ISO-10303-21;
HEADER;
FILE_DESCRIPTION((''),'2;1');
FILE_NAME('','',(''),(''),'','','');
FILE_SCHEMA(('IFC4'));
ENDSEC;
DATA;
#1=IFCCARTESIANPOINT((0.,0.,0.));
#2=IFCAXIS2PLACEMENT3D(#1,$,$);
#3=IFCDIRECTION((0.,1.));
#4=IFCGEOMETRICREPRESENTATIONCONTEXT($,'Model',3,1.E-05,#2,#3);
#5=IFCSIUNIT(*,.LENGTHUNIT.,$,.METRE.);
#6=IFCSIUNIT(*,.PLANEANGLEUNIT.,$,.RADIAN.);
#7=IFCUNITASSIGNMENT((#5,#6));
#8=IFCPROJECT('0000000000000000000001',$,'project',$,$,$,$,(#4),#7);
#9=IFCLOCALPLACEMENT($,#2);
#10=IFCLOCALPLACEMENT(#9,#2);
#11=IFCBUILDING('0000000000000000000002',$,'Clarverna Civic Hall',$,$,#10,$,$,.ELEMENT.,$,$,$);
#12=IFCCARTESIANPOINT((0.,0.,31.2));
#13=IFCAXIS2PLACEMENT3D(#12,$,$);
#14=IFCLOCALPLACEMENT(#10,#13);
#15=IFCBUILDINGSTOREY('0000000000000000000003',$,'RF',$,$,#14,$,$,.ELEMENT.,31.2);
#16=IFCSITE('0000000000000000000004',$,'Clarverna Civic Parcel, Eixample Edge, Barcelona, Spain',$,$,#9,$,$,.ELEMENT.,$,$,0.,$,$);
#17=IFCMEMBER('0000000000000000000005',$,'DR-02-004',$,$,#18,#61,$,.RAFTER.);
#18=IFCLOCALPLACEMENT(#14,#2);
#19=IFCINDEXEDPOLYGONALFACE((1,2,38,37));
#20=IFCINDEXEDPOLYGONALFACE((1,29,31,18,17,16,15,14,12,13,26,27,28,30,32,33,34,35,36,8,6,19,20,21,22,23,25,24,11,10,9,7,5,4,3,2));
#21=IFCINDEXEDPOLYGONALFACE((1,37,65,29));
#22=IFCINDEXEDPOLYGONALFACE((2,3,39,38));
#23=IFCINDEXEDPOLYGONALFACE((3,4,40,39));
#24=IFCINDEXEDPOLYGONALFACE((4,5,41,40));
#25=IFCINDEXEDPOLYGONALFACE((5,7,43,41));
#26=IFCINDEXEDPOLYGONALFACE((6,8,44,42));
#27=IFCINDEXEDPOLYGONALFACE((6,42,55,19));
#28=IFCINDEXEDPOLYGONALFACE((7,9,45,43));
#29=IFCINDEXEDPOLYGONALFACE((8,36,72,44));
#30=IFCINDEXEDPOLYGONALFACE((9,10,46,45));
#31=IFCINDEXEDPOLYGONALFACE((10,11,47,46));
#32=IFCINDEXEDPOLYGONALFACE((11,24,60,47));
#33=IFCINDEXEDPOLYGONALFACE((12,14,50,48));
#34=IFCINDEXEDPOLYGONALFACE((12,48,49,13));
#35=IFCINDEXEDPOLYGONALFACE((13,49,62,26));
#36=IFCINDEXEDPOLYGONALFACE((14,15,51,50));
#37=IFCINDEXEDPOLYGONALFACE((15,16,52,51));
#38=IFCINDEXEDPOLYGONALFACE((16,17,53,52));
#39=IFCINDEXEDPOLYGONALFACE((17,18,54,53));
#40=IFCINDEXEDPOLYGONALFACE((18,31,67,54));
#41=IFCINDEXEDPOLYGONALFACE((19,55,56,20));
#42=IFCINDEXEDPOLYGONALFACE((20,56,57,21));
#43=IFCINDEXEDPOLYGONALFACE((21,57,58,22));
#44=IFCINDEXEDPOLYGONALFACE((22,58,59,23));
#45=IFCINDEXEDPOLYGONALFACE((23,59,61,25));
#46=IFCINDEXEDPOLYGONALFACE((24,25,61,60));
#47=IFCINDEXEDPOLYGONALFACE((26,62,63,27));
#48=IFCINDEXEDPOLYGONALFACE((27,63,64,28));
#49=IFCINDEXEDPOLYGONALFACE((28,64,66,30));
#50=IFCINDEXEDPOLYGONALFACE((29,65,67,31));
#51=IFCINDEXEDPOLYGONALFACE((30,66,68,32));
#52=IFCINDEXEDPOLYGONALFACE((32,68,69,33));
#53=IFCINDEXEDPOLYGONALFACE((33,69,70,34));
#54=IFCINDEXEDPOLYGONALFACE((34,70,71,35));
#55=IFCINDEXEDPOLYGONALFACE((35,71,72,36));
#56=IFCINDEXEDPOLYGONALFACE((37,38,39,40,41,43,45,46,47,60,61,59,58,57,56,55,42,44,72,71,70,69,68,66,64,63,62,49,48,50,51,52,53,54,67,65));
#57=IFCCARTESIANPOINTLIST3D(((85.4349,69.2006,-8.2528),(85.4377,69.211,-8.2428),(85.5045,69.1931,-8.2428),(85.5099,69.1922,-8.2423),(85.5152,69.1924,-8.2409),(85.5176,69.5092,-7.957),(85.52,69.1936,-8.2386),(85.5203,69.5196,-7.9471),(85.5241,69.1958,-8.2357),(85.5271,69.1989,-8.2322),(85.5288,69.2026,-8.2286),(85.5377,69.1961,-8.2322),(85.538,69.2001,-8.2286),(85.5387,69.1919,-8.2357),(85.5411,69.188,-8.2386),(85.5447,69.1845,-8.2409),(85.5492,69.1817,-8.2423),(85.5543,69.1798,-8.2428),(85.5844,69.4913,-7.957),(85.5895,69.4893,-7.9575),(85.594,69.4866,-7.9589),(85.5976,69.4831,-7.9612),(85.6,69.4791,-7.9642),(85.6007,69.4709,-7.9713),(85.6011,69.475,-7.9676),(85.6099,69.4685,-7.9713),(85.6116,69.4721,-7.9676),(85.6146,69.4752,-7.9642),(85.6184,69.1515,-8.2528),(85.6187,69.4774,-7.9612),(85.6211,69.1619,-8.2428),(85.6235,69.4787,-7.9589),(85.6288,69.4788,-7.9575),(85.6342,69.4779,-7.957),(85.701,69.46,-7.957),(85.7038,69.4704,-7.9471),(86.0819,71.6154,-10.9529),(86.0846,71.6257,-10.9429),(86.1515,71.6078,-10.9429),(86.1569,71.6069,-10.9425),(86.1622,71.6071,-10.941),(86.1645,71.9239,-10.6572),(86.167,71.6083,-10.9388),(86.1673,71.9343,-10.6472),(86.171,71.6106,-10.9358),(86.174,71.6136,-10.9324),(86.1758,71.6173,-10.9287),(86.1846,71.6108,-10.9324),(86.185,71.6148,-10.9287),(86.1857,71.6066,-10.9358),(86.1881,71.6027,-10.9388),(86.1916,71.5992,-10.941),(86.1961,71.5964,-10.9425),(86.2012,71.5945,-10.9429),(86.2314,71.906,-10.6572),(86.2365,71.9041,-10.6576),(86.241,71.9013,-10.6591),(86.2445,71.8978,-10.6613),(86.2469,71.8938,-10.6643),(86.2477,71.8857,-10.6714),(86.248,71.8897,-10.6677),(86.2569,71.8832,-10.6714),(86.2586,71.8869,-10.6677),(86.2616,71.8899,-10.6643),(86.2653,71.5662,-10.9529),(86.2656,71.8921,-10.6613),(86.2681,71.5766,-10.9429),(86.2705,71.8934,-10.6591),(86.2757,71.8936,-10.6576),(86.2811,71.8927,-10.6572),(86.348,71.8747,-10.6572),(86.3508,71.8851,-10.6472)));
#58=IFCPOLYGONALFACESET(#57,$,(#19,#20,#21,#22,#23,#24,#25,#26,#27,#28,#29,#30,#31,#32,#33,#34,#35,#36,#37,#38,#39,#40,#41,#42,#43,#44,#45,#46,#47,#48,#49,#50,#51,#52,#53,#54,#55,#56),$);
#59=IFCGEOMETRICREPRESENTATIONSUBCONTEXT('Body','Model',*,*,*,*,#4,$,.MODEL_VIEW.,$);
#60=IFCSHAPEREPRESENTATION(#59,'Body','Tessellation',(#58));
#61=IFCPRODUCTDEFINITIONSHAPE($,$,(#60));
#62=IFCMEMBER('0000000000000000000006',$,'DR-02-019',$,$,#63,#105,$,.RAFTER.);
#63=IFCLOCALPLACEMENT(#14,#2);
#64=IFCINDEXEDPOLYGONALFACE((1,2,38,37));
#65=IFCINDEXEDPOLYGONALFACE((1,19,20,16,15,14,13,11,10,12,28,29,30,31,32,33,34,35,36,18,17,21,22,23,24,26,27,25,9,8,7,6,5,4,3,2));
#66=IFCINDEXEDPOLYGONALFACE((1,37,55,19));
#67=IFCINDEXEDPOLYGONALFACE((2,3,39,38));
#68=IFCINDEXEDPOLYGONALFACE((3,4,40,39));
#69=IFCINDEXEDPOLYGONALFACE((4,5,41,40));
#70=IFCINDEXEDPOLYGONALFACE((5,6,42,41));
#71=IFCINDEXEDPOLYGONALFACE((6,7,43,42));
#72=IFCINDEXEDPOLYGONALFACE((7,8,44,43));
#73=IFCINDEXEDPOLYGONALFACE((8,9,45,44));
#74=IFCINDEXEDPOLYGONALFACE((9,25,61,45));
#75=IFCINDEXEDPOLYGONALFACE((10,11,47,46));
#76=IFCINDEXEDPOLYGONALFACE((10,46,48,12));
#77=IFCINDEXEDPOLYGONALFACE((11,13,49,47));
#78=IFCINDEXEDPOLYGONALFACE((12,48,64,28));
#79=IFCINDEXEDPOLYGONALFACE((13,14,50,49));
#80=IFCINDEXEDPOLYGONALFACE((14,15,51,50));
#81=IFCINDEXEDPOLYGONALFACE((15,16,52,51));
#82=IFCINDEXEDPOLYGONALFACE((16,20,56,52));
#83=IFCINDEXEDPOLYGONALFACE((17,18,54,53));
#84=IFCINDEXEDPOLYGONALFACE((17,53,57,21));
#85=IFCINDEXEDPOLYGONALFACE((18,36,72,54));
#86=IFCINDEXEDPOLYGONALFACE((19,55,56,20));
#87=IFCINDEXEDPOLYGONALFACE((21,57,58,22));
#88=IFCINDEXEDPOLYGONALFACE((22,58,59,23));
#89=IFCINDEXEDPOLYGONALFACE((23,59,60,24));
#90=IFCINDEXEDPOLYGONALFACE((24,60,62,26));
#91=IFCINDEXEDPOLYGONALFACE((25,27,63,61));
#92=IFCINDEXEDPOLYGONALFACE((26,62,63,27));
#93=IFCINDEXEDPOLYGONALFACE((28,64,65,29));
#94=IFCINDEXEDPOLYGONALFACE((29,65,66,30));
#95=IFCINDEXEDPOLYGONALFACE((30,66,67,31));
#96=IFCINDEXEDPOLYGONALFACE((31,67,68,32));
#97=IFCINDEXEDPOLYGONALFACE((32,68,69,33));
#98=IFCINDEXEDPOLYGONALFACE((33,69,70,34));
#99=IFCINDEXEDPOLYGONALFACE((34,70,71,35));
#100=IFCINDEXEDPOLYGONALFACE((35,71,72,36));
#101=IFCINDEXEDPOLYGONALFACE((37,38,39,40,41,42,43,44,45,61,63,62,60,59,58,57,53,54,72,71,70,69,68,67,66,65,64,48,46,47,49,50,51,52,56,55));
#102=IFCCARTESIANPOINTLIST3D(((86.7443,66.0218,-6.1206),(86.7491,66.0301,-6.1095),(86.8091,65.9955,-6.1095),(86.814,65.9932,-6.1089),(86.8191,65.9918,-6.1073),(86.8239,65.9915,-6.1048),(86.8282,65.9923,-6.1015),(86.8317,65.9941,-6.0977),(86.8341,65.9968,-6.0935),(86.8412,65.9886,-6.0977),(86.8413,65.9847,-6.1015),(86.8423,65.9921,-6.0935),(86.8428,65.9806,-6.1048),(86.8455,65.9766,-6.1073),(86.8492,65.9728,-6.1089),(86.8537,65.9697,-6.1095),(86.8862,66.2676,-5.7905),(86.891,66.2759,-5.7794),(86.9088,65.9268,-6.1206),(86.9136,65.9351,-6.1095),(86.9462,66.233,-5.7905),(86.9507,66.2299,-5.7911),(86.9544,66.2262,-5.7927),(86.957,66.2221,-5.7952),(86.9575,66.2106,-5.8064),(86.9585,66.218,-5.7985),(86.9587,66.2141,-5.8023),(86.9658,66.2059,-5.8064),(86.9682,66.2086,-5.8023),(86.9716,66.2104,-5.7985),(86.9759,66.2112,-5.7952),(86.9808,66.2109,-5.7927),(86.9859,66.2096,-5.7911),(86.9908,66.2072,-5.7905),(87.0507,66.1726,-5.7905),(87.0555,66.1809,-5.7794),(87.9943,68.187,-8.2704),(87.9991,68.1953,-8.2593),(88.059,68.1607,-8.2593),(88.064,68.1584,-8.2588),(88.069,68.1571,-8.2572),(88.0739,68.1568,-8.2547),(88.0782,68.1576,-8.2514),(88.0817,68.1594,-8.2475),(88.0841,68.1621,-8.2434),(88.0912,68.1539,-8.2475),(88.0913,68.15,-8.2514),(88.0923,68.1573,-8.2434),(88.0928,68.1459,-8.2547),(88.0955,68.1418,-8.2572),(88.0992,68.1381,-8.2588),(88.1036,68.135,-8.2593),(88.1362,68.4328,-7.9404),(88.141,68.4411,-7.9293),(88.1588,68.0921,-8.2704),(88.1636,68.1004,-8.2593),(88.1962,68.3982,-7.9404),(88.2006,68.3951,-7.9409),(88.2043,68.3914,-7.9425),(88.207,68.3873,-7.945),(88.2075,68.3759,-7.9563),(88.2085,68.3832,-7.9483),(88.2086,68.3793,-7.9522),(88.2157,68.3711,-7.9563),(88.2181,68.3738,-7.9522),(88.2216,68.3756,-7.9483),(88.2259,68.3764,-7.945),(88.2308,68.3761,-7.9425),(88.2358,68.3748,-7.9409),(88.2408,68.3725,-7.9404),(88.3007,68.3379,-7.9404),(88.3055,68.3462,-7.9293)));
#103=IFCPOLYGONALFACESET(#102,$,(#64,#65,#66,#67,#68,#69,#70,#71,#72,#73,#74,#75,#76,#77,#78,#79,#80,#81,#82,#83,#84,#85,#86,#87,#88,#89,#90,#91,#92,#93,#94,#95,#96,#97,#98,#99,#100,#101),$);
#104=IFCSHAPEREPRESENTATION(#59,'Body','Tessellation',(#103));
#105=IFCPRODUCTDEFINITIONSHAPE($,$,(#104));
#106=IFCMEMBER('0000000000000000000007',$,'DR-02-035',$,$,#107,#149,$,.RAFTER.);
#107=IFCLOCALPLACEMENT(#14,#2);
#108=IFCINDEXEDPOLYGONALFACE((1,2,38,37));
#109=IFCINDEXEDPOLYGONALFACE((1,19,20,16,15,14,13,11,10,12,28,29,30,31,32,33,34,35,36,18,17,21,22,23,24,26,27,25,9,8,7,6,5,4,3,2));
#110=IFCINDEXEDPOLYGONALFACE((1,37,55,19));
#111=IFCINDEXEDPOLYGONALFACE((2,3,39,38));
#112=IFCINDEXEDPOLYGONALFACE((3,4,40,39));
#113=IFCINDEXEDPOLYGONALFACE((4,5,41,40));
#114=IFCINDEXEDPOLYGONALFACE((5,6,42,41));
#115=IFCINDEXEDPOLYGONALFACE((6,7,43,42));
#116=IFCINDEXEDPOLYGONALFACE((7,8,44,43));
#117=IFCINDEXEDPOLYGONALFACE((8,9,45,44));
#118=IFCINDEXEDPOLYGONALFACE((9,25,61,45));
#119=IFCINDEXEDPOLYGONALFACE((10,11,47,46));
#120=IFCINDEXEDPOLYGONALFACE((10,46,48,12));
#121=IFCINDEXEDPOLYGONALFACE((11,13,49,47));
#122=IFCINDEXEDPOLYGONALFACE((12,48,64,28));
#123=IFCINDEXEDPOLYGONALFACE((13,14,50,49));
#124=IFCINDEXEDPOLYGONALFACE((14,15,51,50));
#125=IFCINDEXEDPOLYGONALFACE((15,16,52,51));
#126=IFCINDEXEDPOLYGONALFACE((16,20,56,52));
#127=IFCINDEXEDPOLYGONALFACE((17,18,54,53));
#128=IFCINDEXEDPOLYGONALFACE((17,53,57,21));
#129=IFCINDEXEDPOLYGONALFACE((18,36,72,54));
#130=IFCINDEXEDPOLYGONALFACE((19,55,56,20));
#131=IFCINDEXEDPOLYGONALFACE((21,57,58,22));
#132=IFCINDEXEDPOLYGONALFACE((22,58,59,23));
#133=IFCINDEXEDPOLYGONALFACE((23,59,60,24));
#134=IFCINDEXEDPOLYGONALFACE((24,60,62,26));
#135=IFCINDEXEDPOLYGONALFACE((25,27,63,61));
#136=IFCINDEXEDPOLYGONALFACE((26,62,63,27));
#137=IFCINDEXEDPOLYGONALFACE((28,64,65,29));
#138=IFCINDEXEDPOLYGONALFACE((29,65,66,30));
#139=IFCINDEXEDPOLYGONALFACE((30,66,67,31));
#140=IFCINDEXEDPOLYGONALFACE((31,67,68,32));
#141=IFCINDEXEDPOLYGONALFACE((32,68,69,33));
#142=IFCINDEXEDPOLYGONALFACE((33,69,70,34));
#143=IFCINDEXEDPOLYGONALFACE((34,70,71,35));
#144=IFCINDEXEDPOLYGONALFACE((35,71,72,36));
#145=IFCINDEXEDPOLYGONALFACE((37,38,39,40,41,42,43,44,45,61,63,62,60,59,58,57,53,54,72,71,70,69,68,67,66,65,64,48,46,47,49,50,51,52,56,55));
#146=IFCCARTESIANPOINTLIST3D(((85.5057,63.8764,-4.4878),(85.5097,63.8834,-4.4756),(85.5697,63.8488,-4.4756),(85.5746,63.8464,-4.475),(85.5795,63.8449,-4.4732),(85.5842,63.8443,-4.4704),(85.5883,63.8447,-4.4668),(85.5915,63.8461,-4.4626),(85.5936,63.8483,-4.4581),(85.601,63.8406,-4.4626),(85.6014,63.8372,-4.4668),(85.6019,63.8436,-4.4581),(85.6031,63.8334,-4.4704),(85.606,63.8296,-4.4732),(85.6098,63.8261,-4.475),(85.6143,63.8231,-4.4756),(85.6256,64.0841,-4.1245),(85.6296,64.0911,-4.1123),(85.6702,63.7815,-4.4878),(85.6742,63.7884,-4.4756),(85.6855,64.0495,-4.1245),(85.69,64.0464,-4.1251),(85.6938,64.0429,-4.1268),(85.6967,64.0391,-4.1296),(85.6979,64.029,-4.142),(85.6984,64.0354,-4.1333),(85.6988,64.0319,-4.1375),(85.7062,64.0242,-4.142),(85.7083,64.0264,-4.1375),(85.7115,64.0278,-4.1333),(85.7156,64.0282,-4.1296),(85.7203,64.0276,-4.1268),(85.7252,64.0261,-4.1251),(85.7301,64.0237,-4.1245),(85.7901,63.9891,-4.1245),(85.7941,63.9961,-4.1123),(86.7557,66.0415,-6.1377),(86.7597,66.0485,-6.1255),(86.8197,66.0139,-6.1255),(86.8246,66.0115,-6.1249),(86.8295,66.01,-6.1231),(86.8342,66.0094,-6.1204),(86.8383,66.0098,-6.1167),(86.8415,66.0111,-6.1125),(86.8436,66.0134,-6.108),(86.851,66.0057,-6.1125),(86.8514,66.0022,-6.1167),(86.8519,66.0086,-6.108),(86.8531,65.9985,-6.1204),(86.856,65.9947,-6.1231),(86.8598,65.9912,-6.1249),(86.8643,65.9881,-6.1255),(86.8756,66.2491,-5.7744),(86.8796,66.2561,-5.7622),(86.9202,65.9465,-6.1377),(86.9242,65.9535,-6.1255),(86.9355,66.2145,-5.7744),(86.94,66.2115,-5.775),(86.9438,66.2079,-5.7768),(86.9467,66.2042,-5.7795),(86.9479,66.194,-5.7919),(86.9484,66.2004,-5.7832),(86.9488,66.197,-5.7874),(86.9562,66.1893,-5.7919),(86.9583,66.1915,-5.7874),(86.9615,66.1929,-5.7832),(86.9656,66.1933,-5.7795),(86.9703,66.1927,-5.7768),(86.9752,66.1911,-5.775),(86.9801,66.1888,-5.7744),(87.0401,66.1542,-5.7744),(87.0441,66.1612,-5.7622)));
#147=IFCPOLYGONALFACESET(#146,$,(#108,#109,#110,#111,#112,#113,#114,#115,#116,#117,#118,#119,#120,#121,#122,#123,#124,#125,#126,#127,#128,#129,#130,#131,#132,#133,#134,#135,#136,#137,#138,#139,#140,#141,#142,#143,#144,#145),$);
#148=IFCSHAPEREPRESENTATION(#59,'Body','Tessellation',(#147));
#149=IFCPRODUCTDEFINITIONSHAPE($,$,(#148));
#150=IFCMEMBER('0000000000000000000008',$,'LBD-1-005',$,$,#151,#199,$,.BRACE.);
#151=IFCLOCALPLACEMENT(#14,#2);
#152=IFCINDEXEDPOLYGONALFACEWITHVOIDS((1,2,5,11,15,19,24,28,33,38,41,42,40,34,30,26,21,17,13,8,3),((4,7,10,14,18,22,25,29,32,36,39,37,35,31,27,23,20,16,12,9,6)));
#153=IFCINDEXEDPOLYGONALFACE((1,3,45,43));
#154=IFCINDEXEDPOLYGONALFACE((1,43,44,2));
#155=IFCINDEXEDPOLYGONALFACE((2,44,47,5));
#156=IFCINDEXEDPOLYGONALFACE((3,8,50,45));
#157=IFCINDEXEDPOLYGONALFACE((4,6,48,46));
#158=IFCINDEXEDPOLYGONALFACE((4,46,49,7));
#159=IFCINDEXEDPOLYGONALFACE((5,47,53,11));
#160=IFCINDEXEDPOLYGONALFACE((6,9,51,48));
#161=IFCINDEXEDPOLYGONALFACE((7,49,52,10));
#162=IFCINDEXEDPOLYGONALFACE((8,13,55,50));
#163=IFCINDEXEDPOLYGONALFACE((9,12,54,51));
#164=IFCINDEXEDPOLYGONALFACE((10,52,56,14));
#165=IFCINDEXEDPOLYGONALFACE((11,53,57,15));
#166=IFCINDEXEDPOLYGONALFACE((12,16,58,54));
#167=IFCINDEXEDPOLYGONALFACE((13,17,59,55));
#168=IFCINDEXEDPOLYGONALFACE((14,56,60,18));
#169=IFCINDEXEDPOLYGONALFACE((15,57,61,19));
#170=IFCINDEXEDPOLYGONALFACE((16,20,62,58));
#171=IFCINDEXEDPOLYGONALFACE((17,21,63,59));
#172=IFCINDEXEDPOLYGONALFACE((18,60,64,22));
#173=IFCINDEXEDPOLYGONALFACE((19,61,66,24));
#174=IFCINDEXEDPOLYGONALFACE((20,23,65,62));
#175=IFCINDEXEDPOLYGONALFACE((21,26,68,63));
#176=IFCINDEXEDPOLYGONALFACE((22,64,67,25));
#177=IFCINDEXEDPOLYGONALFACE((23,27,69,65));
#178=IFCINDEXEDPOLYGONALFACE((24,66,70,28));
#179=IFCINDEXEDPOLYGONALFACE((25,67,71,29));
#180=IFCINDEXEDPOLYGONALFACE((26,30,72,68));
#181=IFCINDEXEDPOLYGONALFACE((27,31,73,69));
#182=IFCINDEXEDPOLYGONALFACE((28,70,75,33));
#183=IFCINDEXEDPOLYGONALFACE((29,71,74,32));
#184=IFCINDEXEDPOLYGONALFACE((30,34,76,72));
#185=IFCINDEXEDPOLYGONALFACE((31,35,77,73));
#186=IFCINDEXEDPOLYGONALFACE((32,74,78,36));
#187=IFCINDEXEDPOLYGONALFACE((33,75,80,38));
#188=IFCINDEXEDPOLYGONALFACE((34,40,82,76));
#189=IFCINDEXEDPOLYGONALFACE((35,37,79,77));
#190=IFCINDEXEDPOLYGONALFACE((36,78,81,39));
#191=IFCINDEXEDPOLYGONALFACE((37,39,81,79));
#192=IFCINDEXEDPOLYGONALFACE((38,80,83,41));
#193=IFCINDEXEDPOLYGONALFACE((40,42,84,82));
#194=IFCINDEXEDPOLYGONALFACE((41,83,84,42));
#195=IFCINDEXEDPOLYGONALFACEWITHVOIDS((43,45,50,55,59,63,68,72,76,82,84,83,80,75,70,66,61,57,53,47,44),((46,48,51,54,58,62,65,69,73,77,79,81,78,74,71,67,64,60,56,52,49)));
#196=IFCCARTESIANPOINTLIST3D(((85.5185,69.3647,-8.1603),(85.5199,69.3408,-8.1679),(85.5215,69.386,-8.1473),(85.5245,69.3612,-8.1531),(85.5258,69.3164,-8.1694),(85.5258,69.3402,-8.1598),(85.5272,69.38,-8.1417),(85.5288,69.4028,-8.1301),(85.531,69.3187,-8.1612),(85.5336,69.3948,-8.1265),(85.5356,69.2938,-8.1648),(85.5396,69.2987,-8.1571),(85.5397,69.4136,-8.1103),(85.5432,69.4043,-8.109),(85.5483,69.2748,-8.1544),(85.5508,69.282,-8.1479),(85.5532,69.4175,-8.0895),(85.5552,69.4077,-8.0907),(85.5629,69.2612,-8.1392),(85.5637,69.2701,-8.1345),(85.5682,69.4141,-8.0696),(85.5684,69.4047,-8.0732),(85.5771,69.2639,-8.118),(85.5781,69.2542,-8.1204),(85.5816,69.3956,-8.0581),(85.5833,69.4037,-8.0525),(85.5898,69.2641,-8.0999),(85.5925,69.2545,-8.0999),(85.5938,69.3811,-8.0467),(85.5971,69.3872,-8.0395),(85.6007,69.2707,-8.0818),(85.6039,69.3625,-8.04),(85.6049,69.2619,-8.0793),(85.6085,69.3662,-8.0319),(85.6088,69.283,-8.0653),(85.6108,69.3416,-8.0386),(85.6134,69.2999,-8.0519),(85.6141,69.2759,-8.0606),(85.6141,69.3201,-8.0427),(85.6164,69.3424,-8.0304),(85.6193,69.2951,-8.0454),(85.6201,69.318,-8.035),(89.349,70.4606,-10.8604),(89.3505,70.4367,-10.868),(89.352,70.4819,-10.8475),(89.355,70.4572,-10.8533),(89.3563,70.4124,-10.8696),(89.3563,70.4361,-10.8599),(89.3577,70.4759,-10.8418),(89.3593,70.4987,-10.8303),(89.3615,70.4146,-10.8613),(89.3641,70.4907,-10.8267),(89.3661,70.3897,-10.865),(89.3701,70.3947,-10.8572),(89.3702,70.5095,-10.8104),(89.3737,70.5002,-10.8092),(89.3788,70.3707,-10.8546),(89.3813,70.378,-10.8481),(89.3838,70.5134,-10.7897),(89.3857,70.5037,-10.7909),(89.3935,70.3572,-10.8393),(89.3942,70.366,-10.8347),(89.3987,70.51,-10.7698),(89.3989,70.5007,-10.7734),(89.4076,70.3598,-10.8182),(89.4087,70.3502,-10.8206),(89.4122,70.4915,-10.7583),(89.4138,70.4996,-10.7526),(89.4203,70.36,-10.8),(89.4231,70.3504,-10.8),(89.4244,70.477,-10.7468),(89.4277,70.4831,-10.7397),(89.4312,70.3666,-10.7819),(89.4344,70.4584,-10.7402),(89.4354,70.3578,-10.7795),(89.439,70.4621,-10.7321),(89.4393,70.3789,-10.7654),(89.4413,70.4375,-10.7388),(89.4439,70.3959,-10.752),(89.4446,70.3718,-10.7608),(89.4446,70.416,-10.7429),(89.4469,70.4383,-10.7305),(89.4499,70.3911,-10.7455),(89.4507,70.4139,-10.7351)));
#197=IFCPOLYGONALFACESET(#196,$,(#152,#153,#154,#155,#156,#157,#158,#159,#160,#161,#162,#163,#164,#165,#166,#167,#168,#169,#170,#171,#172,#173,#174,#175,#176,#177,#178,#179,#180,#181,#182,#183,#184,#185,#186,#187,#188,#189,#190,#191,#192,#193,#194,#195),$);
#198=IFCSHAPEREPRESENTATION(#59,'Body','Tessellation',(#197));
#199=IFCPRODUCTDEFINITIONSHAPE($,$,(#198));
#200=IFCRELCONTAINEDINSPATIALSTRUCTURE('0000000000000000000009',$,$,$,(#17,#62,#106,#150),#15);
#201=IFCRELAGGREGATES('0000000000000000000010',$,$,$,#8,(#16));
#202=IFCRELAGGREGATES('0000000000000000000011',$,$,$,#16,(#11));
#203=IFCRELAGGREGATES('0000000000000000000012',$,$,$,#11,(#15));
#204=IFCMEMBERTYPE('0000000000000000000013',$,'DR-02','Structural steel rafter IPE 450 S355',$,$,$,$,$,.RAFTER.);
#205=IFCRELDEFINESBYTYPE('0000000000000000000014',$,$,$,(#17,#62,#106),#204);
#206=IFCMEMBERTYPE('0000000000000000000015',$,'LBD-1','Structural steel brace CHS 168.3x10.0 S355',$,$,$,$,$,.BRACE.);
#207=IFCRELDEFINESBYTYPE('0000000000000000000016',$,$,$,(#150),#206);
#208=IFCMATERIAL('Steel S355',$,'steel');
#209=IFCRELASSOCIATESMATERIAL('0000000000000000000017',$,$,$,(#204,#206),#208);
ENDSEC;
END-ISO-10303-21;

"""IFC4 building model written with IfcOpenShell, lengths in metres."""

from ifc_helpers import new_model, si_unit, direction, frame, origin, origin_2d, place, context, subcontext, project, spatial, hollow_circle, i_section, extrude, material, material_profile, profile_set, type_object, element, save


model = new_model("IFC4")

# Units and contexts
model_context = context("Model", 3, precision=1e-05, world=origin(), true_north=direction((0.0, 1.0)))
body_context = subcontext(model_context, "Body", "Model", "MODEL_VIEW")
ifc_project = project(units=[si_unit("LENGTHUNIT", "METRE"), si_unit("PLANEANGLEUNIT", "RADIAN")], contexts=[model_context])

# Site, building, storey
site_placement = place(None, origin())
site = spatial("IfcSite", under=ifc_project, at=site_placement, Name="Clarverna Civic Parcel, Eixample Edge, Barcelona, Spain", CompositionType="ELEMENT", RefElevation=0.0)
building_placement = place(site_placement, origin())
building = spatial("IfcBuilding", under=site, at=building_placement, Name="Clarverna Civic Hall", CompositionType="ELEMENT")
storey_placement = place(building_placement, frame((0.0, 0.0, 31.2)))
storey = spatial("IfcBuildingStorey", under=building, at=storey_placement, Name="RF", CompositionType="ELEMENT", Elevation=31.2)

# Members
ifc_material_1 = material(Name="Steel S355", Category="steel")
ifc_material_profile_1 = material_profile(ifc_material_1, i_section(OverallWidth=0.1899, OverallDepth=0.45, WebThickness=0.0095, FlangeThickness=0.0146, FilletRadius=0.021, at=origin_2d()), Name="IPE 450")
ifc_profile_set_1 = profile_set([ifc_material_profile_1], Name="Steel S355")
member_type_1 = type_object("IfcMemberType", Name="DR-02", Description="Structural steel rafter IPE 450 S355", PredefinedType="RAFTER", material=ifc_profile_set_1)
for number, where, z_axis, x_axis, name in (
    (1, (86.2163, 71.7502, -10.8), (-0.175818, -0.656232, 0.73379), (0.965933, -0.258793, 0.0), "DR-02-004"),
):
    element("IfcMember", number, at=place(storey_placement, frame(where, z_axis=z_axis, x_axis=x_axis)), inside=storey, type_object=member_type_1, Name=name, PredefinedType="RAFTER", context=body_context, shape_type="SweptSolid", body=[
        extrude(i_section(OverallWidth=0.1899, OverallDepth=0.45, WebThickness=0.0095, FlangeThickness=0.0146, FilletRadius=0.021, at=origin_2d()), origin(), (0.0, 0.0, 1.0), 3.6797),
    ])
member_1_placement = place(storey_placement, frame((88.1499, 68.2666, -8.0999), z_axis=(-0.379083, -0.656658, 0.651994), x_axis=(0.866047, -0.499962, 0.0)))
element("IfcMember", 2, at=member_1_placement, inside=storey, type_object=member_type_1, Name="DR-02-019", PredefinedType="RAFTER", context=body_context, shape_type="SweptSolid", body=[
    extrude(i_section(OverallWidth=0.1899, OverallDepth=0.45, WebThickness=0.0095, FlangeThickness=0.0146, FilletRadius=0.021, at=origin_2d()), origin(), (0.0, 0.0, 1.0), 3.2974),
])
member_2_placement = place(storey_placement, frame((86.8999, 66.1013, -5.95), z_axis=(-0.417315, -0.722802, 0.550823), x_axis=(0.866023, -0.500004, 0.0)))
element("IfcMember", 3, at=member_2_placement, inside=storey, type_object=member_type_1, Name="DR-02-035", PredefinedType="RAFTER", context=body_context, shape_type="SweptSolid", body=[
    extrude(i_section(OverallWidth=0.1899, OverallDepth=0.45, WebThickness=0.0095, FlangeThickness=0.0146, FilletRadius=0.021, at=origin_2d()), origin(), (0.0, 0.0, 1.0), 2.9954),
])
ifc_material_profile_2 = material_profile(ifc_material_1, hollow_circle(Radius=0.0842, WallThickness=0.01, at=origin_2d()), Name="CHS 168.3x10.0")
ifc_profile_set_2 = profile_set([ifc_material_profile_2], Name="Steel S355")
member_type_2 = type_object("IfcMemberType", Name="LBD-1", Description="Structural steel brace CHS 168.3x10.0 S355", PredefinedType="BRACE", material=ifc_profile_set_2)
for number, where, z_axis, x_axis, name in (
    (4, (89.3999, 70.4314, -10.8), (-0.795872, -0.227704, 0.561016), (0.275069, -0.961424, 0.0), "LBD-1-005"),
):
    element("IfcMember", number, at=place(storey_placement, frame(where, z_axis=z_axis, x_axis=x_axis)), inside=storey, type_object=member_type_2, Name=name, PredefinedType="BRACE", context=body_context, shape_type="SweptSolid", body=[
        extrude(hollow_circle(Radius=0.0842, WallThickness=0.01, at=origin_2d()), origin(), (0.0, 0.0, 1.0), 4.813),
    ])

save(model, "model.ifc")
